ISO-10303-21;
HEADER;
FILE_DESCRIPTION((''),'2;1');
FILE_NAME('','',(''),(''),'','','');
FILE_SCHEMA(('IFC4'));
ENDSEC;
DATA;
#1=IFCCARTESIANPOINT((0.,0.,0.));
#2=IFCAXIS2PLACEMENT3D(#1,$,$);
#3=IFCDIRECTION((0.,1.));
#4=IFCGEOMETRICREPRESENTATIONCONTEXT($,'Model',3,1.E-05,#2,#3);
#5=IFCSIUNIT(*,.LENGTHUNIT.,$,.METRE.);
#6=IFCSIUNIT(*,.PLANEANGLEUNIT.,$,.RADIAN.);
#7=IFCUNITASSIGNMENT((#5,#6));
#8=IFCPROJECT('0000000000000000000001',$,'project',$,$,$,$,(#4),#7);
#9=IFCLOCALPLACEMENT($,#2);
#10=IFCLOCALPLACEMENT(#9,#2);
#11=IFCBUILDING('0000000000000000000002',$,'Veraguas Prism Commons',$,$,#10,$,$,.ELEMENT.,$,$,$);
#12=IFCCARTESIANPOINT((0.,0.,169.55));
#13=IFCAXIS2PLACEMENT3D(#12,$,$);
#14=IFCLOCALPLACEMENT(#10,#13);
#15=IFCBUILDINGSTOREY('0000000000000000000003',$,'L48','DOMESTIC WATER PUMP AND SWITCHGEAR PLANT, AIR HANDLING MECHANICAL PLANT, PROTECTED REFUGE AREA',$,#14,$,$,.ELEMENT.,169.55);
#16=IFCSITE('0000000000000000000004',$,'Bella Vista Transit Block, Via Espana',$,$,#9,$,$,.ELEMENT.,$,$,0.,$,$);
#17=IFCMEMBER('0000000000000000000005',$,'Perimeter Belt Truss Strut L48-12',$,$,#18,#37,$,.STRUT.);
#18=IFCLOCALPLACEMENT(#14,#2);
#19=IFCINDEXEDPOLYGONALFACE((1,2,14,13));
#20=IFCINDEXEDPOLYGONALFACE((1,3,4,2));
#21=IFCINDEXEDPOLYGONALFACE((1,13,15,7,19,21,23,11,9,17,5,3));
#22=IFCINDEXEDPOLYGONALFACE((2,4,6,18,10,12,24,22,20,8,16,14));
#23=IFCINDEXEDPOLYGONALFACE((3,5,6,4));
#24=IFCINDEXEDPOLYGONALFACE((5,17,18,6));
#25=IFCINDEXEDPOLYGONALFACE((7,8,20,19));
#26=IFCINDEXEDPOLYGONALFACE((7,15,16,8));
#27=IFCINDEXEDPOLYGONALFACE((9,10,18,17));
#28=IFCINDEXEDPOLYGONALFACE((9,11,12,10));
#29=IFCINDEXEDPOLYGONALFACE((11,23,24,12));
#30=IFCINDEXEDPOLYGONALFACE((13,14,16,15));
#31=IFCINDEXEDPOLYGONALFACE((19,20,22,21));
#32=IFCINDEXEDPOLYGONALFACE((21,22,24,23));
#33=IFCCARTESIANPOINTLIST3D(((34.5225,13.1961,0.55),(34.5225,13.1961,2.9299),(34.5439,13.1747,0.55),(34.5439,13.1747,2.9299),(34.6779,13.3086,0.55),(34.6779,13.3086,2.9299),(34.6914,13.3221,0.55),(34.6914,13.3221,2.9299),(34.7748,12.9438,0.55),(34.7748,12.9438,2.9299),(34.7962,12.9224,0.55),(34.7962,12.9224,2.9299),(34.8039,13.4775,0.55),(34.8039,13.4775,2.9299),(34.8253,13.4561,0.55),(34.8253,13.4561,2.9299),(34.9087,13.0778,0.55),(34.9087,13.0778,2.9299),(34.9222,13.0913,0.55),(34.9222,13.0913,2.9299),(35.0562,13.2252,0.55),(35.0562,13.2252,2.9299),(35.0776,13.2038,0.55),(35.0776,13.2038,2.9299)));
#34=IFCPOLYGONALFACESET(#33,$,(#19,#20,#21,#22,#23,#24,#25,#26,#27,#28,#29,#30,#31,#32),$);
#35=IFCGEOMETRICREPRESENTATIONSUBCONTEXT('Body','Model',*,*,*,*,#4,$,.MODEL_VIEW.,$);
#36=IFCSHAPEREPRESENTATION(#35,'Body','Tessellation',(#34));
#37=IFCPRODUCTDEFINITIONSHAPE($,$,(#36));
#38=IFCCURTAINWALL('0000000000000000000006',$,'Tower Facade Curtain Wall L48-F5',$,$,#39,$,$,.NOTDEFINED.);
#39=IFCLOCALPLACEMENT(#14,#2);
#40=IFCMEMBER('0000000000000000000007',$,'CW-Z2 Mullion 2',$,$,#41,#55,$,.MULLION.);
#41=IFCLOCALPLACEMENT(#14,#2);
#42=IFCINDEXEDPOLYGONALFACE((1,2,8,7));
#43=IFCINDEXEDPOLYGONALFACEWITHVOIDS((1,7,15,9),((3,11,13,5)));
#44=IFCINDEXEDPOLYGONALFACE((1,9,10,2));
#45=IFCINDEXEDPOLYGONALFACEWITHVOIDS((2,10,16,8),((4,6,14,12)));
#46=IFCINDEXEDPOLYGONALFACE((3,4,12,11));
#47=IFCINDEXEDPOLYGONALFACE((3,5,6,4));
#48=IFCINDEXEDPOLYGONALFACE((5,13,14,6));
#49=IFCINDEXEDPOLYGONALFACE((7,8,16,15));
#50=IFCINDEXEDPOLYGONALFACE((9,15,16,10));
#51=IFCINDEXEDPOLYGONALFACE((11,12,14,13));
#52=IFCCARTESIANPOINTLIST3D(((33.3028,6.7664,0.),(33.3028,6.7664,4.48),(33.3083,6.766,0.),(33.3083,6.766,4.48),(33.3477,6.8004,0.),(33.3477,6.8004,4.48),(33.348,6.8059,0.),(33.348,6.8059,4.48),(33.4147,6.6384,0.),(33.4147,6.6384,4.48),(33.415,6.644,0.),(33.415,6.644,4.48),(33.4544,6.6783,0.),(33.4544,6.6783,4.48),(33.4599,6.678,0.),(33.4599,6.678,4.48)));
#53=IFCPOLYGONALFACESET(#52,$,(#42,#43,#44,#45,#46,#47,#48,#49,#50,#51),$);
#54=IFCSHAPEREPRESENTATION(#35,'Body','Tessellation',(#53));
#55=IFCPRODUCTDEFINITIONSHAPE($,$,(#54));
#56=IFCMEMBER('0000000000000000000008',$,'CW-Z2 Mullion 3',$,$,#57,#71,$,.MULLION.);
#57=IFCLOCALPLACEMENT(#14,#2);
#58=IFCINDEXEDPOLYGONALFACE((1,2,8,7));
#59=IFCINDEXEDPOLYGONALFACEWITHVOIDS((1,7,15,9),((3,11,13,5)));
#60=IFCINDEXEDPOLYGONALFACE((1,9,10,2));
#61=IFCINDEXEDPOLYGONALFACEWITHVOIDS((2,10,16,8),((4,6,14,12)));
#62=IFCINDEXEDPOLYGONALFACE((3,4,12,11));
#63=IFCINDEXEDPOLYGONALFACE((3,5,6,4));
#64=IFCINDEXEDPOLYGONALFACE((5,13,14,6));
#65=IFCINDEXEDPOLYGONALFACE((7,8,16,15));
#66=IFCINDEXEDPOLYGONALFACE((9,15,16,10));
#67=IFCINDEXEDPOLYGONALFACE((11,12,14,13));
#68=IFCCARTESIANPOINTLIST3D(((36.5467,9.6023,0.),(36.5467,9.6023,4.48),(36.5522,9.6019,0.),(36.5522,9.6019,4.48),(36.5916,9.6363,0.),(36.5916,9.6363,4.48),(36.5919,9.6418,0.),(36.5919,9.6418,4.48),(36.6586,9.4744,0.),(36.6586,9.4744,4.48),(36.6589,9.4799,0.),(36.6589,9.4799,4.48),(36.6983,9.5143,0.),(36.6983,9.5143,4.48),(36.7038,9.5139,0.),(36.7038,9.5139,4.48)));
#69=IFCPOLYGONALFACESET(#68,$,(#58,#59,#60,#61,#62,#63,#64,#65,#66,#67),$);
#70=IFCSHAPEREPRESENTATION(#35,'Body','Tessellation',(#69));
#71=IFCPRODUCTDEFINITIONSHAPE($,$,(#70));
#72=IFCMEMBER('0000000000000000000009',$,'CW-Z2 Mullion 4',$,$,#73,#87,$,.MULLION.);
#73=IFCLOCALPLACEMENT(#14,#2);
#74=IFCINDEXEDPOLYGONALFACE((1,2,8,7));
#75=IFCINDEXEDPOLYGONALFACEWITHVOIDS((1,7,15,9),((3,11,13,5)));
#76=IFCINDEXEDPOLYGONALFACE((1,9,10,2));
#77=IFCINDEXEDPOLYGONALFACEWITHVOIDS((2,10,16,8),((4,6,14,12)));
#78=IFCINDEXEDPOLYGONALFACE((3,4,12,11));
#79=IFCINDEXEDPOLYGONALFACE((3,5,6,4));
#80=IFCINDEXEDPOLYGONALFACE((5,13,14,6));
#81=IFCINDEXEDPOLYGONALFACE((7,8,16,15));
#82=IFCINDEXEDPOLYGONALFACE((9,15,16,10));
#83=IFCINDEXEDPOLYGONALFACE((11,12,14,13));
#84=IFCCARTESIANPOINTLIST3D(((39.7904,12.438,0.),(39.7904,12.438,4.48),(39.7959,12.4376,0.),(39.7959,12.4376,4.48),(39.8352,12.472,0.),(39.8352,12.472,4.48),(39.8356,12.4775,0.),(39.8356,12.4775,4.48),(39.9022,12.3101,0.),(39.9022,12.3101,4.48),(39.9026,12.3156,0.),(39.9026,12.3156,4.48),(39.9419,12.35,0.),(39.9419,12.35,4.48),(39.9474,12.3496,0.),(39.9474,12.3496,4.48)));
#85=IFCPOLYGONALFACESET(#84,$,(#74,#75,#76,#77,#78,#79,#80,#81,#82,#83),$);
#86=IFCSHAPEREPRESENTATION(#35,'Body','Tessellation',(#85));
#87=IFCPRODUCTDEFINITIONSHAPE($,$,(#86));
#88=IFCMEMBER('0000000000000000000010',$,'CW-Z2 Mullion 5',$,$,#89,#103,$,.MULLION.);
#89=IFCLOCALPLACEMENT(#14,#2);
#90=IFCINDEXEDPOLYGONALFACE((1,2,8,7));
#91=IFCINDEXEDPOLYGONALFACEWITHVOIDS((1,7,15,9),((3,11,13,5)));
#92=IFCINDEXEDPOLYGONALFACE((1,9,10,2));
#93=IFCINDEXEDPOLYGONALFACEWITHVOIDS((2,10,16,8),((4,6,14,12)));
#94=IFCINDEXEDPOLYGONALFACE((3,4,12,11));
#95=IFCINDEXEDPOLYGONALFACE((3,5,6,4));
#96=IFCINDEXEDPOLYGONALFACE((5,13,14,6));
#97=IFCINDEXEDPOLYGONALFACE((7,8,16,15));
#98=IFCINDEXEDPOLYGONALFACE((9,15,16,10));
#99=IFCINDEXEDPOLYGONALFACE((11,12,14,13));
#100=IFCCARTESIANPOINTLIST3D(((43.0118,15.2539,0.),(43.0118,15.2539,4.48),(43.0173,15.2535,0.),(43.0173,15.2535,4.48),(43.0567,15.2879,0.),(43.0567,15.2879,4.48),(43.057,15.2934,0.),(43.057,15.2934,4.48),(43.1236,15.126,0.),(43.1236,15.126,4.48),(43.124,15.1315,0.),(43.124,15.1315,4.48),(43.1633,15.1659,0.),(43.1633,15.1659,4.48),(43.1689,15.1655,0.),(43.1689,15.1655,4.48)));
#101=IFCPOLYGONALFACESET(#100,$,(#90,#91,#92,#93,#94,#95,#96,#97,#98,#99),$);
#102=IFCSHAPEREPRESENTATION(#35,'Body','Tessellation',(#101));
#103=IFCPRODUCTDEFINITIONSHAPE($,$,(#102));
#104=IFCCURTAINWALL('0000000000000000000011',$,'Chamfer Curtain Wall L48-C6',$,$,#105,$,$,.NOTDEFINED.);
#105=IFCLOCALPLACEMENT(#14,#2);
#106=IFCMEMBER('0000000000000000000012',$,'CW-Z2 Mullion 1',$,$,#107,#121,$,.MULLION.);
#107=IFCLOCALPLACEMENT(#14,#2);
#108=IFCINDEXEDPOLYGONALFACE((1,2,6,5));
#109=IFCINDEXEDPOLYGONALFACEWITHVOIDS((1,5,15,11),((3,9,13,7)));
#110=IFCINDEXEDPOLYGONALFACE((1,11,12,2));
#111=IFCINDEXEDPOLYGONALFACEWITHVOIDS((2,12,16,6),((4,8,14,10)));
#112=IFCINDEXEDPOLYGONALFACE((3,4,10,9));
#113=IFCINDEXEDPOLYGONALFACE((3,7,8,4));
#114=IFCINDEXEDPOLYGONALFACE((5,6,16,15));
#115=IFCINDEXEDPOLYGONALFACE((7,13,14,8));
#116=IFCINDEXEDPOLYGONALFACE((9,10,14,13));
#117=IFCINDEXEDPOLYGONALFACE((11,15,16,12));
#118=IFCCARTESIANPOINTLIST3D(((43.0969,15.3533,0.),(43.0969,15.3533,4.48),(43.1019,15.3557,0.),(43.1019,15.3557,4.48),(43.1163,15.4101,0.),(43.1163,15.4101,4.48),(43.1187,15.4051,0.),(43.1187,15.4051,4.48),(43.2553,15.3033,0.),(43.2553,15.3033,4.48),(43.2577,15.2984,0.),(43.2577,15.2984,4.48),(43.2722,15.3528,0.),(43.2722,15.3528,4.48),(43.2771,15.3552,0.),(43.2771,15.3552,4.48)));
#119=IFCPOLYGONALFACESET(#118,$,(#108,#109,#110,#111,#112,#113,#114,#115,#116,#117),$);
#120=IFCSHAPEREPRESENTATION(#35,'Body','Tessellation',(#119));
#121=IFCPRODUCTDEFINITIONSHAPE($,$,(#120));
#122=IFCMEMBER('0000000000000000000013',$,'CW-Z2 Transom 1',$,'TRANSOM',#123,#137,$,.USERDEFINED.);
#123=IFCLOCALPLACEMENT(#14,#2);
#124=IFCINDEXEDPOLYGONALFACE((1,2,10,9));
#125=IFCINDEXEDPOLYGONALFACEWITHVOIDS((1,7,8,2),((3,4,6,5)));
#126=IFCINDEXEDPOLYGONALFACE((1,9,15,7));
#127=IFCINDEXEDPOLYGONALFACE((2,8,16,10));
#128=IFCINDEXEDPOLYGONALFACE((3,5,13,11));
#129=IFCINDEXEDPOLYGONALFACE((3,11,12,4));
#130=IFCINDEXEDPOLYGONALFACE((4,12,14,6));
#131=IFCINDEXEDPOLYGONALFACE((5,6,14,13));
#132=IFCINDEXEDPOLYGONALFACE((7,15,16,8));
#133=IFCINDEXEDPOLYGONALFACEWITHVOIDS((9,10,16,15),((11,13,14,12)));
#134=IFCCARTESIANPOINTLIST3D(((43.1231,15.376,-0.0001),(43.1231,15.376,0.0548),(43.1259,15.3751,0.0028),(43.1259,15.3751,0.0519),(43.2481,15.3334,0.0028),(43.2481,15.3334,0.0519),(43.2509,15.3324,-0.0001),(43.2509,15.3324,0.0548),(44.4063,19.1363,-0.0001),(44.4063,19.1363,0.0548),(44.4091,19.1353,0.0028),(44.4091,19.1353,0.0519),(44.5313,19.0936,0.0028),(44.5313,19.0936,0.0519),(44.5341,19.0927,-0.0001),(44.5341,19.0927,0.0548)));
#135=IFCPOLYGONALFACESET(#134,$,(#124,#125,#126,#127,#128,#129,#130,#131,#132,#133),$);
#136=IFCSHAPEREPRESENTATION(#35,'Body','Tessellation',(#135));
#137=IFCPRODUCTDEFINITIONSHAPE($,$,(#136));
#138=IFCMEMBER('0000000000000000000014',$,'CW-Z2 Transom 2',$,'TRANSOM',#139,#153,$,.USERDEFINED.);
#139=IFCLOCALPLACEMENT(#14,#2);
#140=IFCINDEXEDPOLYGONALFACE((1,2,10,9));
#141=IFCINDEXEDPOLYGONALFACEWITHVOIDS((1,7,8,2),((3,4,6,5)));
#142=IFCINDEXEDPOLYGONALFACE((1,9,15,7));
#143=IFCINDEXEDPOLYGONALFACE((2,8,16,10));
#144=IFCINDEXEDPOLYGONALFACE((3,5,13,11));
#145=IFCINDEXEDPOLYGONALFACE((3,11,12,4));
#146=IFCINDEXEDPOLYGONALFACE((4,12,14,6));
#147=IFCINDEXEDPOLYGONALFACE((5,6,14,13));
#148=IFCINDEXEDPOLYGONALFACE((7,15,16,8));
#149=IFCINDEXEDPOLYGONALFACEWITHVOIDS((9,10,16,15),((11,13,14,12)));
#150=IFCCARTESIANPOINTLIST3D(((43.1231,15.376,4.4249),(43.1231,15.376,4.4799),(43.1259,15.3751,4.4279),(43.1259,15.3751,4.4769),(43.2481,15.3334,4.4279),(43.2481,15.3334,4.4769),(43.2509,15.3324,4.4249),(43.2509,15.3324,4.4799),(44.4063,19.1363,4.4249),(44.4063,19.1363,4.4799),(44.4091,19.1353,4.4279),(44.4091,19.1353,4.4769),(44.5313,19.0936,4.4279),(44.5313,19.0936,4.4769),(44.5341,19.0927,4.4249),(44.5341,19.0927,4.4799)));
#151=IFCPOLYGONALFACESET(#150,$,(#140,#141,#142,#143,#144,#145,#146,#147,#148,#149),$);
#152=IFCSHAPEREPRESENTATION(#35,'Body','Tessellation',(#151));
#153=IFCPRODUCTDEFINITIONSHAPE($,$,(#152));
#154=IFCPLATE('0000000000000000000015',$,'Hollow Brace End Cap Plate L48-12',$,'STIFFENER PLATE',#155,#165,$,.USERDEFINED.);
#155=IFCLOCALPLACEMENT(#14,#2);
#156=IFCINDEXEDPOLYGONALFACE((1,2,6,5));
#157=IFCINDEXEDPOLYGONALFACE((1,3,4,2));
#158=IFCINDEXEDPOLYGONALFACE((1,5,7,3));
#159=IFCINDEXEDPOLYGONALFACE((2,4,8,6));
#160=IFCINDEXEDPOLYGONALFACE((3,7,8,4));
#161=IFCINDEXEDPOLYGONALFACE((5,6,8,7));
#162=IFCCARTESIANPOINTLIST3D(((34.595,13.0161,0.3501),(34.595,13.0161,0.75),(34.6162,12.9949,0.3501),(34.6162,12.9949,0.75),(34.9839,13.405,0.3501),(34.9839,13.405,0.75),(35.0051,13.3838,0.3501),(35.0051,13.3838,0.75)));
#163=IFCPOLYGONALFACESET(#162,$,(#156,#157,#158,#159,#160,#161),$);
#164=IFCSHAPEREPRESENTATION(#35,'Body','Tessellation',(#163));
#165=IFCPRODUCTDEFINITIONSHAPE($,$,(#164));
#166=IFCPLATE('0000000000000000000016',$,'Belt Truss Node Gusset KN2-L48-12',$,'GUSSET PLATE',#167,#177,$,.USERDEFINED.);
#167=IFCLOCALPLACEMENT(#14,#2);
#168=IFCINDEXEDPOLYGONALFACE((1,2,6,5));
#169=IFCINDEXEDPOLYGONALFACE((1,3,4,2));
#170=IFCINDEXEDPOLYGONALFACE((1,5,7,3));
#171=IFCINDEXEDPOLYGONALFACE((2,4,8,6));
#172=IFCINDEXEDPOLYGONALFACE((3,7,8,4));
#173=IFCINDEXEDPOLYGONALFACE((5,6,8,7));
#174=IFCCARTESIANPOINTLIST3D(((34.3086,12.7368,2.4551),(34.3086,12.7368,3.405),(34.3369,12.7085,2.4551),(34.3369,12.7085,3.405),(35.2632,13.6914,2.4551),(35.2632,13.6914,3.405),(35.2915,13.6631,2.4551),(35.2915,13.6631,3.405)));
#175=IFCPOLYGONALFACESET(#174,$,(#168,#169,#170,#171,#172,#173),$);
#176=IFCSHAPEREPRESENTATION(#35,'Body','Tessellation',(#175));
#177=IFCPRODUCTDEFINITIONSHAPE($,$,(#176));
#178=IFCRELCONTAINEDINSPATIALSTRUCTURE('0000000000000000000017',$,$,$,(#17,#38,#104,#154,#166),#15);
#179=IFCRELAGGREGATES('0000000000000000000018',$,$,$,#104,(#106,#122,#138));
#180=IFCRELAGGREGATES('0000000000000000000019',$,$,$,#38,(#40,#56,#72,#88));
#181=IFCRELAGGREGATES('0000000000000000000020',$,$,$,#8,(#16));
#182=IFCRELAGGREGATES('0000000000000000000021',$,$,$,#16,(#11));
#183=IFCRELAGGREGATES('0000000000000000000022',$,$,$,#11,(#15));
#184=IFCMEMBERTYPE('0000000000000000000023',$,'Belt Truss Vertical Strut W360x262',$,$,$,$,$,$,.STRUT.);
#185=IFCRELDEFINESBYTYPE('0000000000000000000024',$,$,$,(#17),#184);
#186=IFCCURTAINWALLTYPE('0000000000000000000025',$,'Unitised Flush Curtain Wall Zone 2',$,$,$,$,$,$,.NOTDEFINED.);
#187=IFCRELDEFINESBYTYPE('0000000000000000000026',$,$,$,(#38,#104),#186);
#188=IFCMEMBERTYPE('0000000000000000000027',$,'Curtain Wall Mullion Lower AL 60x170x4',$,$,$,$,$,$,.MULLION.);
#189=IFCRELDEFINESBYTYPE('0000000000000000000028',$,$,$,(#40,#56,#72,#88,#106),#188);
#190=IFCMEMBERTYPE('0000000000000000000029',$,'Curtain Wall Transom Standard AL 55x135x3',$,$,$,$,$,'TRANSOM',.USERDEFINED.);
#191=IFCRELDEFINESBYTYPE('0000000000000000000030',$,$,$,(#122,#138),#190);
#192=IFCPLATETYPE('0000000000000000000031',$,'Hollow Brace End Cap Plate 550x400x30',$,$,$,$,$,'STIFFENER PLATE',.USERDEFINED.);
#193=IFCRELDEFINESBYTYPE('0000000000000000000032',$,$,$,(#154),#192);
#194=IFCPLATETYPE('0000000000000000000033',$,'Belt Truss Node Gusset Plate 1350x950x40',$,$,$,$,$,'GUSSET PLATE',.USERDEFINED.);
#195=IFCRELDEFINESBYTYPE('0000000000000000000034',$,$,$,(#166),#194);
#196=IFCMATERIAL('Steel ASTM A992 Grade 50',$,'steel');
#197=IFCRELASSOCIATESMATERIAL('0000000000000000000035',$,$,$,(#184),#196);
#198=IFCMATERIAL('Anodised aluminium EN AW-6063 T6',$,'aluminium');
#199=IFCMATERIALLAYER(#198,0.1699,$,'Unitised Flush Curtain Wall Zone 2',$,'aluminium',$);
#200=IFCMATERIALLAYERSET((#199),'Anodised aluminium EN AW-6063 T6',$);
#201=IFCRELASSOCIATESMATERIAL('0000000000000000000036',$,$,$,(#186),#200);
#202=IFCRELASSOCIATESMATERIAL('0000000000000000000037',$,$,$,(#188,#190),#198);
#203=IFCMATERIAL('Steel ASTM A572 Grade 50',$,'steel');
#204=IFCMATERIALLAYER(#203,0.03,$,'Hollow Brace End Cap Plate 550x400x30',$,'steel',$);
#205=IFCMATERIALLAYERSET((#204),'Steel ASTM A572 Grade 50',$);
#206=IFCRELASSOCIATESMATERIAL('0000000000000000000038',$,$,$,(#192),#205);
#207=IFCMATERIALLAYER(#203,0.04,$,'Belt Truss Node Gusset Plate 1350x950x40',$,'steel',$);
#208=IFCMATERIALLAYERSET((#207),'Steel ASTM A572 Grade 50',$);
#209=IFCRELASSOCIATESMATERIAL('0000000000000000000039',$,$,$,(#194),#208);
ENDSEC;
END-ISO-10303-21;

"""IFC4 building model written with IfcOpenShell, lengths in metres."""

from ifc_helpers import new_model, si_unit, direction, frame, origin, origin_2d, place, context, subcontext, project, spatial, rectangle, hollow_rectangle, i_section, extrude, source, transform, mapped, material, layer, layer_set, material_profile, profile_set, type_object, element, aggregate, save


model = new_model("IFC4")

# Units and contexts
model_context = context("Model", 3, precision=1e-05, world=origin(), true_north=direction((0.0, 1.0)))
body_context = subcontext(model_context, "Body", "Model", "MODEL_VIEW")
ifc_project = project(units=[si_unit("LENGTHUNIT", "METRE"), si_unit("PLANEANGLEUNIT", "RADIAN")], contexts=[model_context])

# Site, building, storey
site_placement = place(None, origin())
site = spatial("IfcSite", under=ifc_project, at=site_placement, Name="Bella Vista Transit Block, Via Espana", CompositionType="ELEMENT", RefElevation=0.0)
building_placement = place(site_placement, origin())
building = spatial("IfcBuilding", under=site, at=building_placement, Name="Veraguas Prism Commons", CompositionType="ELEMENT")
storey_placement = place(building_placement, frame((0.0, 0.0, 169.55)))
storey = spatial("IfcBuildingStorey", under=building, at=storey_placement, Name="L48", Description="DOMESTIC WATER PUMP AND SWITCHGEAR PLANT, AIR HANDLING MECHANICAL PLANT, PROTECTED REFUGE AREA", CompositionType="ELEMENT", Elevation=169.55)

# Member
ifc_material_1 = material(Name="Steel ASTM A992 Grade 50", Category="steel")
ifc_material_profile_1 = material_profile(ifc_material_1, i_section(OverallWidth=0.3979, OverallDepth=0.387, WebThickness=0.019, FlangeThickness=0.0303, at=origin_2d()), Name="W360X262")
ifc_profile_set_1 = profile_set([ifc_material_profile_1], Name="Steel ASTM A992 Grade 50")
member_type_1 = type_object("IfcMemberType", Name="Belt Truss Vertical Strut W360x262", PredefinedType="STRUT", material=ifc_profile_set_1)
member_1_placement = place(storey_placement, frame((34.8, 13.2, 0.55), z_axis=(0.0, 0.0, 1.0), x_axis=(0.707107, 0.707107, 0.0)))
element("IfcMember", 1, at=member_1_placement, inside=storey, type_object=member_type_1, Name="Perimeter Belt Truss Strut L48-12", PredefinedType="STRUT", context=body_context, shape_type="SweptSolid", body=[
    extrude(i_section(OverallWidth=0.3979, OverallDepth=0.387, WebThickness=0.019, FlangeThickness=0.0303, at=origin_2d()), origin(), (0.0, 0.0, 1.0), 2.3799),
])

# Curtain walls, members
ifc_material_2 = material(Name="Anodised aluminium EN AW-6063 T6", Category="aluminium")
ifc_layer_1 = layer(ifc_material_2, 0.1699, Name="Unitised Flush Curtain Wall Zone 2", Category="aluminium")
ifc_layer_set_1 = layer_set([ifc_layer_1], Name="Anodised aluminium EN AW-6063 T6")
curtain_wall_type = type_object("IfcCurtainWallType", Name="Unitised Flush Curtain Wall Zone 2", PredefinedType="NOTDEFINED", material=ifc_layer_set_1)
curtain_wall_1_placement = place(storey_placement, origin())
curtain_wall_1 = element("IfcCurtainWall", 2, at=curtain_wall_1_placement, inside=storey, type_object=curtain_wall_type, Name="Tower Facade Curtain Wall L48-F5", PredefinedType="NOTDEFINED")
ifc_material_profile_2 = material_profile(ifc_material_2, hollow_rectangle(XDim=0.0601, YDim=0.1699, WallThickness=0.0039, at=origin_2d()), Name="AL60X170X4")
ifc_profile_set_2 = profile_set([ifc_material_profile_2], Name="Anodised aluminium EN AW-6063 T6")
member_type_2 = type_object("IfcMemberType", Name="Curtain Wall Mullion Lower AL 60x170x4", PredefinedType="MULLION", material=ifc_profile_set_2)
shared_shape_1 = source(origin(), body_context, "Body", "SweptSolid", [
    extrude(hollow_rectangle(XDim=0.0601, YDim=0.1699, WallThickness=0.0039, at=origin_2d()), origin(), (0.0, 0.0, 1.0), 4.48),
])
member_2_placement = place(storey_placement, frame((33.3813, 6.7222, 0.0), z_axis=(0.0, 0.0, 1.0), x_axis=(0.752872, 0.658167, 0.0)))
member_2 = element("IfcMember", 3, at=member_2_placement, type_object=member_type_2, Name="CW-Z2 Mullion 2", PredefinedType="MULLION", context=body_context, shape_type="MappedRepresentation", body=[
    mapped(shared_shape_1, transform((0.0, 0.0, 0.0), scale=1.0)),
])
member_3_placement = place(storey_placement, frame((36.6252, 9.5581, 0.0), z_axis=(0.0, 0.0, 1.0), x_axis=(0.752872, 0.658167, 0.0)))
member_3 = element("IfcMember", 4, at=member_3_placement, type_object=member_type_2, Name="CW-Z2 Mullion 3", PredefinedType="MULLION", context=body_context, shape_type="MappedRepresentation", body=[
    mapped(shared_shape_1, transform((0.0, 0.0, 0.0), scale=1.0)),
])
member_4_placement = place(storey_placement, frame((39.8689, 12.3938, 0.0), z_axis=(0.0, 0.0, 1.0), x_axis=(0.752872, 0.658167, 0.0)))
member_4 = element("IfcMember", 5, at=member_4_placement, type_object=member_type_2, Name="CW-Z2 Mullion 4", PredefinedType="MULLION", context=body_context, shape_type="MappedRepresentation", body=[
    mapped(shared_shape_1, transform((0.0, 0.0, 0.0), scale=1.0)),
])
member_5_placement = place(storey_placement, frame((43.0903, 15.2097, 0.0), z_axis=(0.0, 0.0, 1.0), x_axis=(0.752872, 0.658167, 0.0)))
member_5 = element("IfcMember", 6, at=member_5_placement, type_object=member_type_2, Name="CW-Z2 Mullion 5", PredefinedType="MULLION", context=body_context, shape_type="MappedRepresentation", body=[
    mapped(shared_shape_1, transform((0.0, 0.0, 0.0), scale=1.0)),
])
curtain_wall_2_placement = place(storey_placement, origin())
curtain_wall_2 = element("IfcCurtainWall", 7, at=curtain_wall_2_placement, inside=storey, type_object=curtain_wall_type, Name="Chamfer Curtain Wall L48-C6", PredefinedType="NOTDEFINED")
member_6_placement = place(storey_placement, frame((43.187, 15.3542, 0.0), z_axis=(0.0, 0.0, 1.0), x_axis=(0.32293, 0.946423, 0.0)))
member_6 = element("IfcMember", 8, at=member_6_placement, type_object=member_type_2, Name="CW-Z2 Mullion 1", PredefinedType="MULLION", context=body_context, shape_type="MappedRepresentation", body=[
    mapped(shared_shape_1, transform((0.0, 0.0, 0.0), scale=1.0)),
])
ifc_material_profile_3 = material_profile(ifc_material_2, hollow_rectangle(XDim=0.0549, YDim=0.135, WallThickness=0.0029, at=origin_2d()), Name="AL55X135X3")
ifc_profile_set_3 = profile_set([ifc_material_profile_3], Name="Anodised aluminium EN AW-6063 T6")
member_type_3 = type_object("IfcMemberType", Name="Curtain Wall Transom Standard AL 55x135x3", ElementType="TRANSOM", PredefinedType="USERDEFINED", material=ifc_profile_set_3)
shared_shape_2 = source(origin(), body_context, "Body", "SweptSolid", [
    extrude(hollow_rectangle(XDim=0.0549, YDim=0.135, WallThickness=0.0029, at=origin_2d()), origin(), (0.0, 0.0, 1.0), 3.9731),
])
member_7_placement = place(storey_placement, frame((43.187, 15.3542, 0.0273), z_axis=(0.322967, 0.94641, 0.0), x_axis=(0.0, 0.0, 1.0)))
member_7 = element("IfcMember", 9, at=member_7_placement, type_object=member_type_3, Name="CW-Z2 Transom 1", ObjectType="TRANSOM", PredefinedType="USERDEFINED", context=body_context, shape_type="MappedRepresentation", body=[
    mapped(shared_shape_2, transform((0.0, 0.0, 0.0), scale=1.0)),
])
member_8_placement = place(storey_placement, frame((43.187, 15.3542, 4.4524), z_axis=(0.322967, 0.94641, 0.0), x_axis=(0.0, 0.0, 1.0)))
member_8 = element("IfcMember", 10, at=member_8_placement, type_object=member_type_3, Name="CW-Z2 Transom 2", ObjectType="TRANSOM", PredefinedType="USERDEFINED", context=body_context, shape_type="MappedRepresentation", body=[
    mapped(shared_shape_2, transform((0.0, 0.0, 0.0), scale=1.0)),
])
aggregate(curtain_wall_2, [member_6, member_7, member_8])

# Plates
ifc_material_3 = material(Name="Steel ASTM A572 Grade 50", Category="steel")
ifc_layer_2 = layer(ifc_material_3, 0.03, Name="Hollow Brace End Cap Plate 550x400x30", Category="steel")
ifc_layer_set_2 = layer_set([ifc_layer_2], Name="Steel ASTM A572 Grade 50")
plate_type_1 = type_object("IfcPlateType", Name="Hollow Brace End Cap Plate 550x400x30", ElementType="STIFFENER PLATE", PredefinedType="USERDEFINED", material=ifc_layer_set_2)
shared_shape_3 = source(origin(), body_context, "Body", "SweptSolid", [
    extrude(rectangle(XDim=0.55, YDim=0.03, at=origin_2d()), origin(), (0.0, 0.0, 1.0), 0.3999),
])
plate_1_placement = place(storey_placement, frame((34.8, 13.2, 0.3501), z_axis=(0.0, 0.0, 1.0), x_axis=(0.707107, 0.707107, 0.0)))
element("IfcPlate", 11, at=plate_1_placement, inside=storey, type_object=plate_type_1, Name="Hollow Brace End Cap Plate L48-12", ObjectType="STIFFENER PLATE", PredefinedType="USERDEFINED", context=body_context, shape_type="MappedRepresentation", body=[
    mapped(shared_shape_3, transform((0.0, 0.0, 0.0), scale=1.0)),
])
ifc_layer_3 = layer(ifc_material_3, 0.04, Name="Belt Truss Node Gusset Plate 1350x950x40", Category="steel")
ifc_layer_set_3 = layer_set([ifc_layer_3], Name="Steel ASTM A572 Grade 50")
plate_type_2 = type_object("IfcPlateType", Name="Belt Truss Node Gusset Plate 1350x950x40", ElementType="GUSSET PLATE", PredefinedType="USERDEFINED", material=ifc_layer_set_3)
shared_shape_4 = source(origin(), body_context, "Body", "SweptSolid", [
    extrude(rectangle(XDim=1.3501, YDim=0.04, at=origin_2d()), origin(), (0.0, 0.0, 1.0), 0.95),
])
plate_2_placement = place(storey_placement, frame((34.8, 13.2, 2.4551), z_axis=(0.0, 0.0, 1.0), x_axis=(0.707107, 0.707107, 0.0)))
element("IfcPlate", 12, at=plate_2_placement, inside=storey, type_object=plate_type_2, Name="Belt Truss Node Gusset KN2-L48-12", ObjectType="GUSSET PLATE", PredefinedType="USERDEFINED", context=body_context, shape_type="MappedRepresentation", body=[
    mapped(shared_shape_4, transform((0.0, 0.0, 0.0), scale=1.0)),
])

aggregate(curtain_wall_1, [member_2, member_3, member_4, member_5])

save(model, "model.ifc")
